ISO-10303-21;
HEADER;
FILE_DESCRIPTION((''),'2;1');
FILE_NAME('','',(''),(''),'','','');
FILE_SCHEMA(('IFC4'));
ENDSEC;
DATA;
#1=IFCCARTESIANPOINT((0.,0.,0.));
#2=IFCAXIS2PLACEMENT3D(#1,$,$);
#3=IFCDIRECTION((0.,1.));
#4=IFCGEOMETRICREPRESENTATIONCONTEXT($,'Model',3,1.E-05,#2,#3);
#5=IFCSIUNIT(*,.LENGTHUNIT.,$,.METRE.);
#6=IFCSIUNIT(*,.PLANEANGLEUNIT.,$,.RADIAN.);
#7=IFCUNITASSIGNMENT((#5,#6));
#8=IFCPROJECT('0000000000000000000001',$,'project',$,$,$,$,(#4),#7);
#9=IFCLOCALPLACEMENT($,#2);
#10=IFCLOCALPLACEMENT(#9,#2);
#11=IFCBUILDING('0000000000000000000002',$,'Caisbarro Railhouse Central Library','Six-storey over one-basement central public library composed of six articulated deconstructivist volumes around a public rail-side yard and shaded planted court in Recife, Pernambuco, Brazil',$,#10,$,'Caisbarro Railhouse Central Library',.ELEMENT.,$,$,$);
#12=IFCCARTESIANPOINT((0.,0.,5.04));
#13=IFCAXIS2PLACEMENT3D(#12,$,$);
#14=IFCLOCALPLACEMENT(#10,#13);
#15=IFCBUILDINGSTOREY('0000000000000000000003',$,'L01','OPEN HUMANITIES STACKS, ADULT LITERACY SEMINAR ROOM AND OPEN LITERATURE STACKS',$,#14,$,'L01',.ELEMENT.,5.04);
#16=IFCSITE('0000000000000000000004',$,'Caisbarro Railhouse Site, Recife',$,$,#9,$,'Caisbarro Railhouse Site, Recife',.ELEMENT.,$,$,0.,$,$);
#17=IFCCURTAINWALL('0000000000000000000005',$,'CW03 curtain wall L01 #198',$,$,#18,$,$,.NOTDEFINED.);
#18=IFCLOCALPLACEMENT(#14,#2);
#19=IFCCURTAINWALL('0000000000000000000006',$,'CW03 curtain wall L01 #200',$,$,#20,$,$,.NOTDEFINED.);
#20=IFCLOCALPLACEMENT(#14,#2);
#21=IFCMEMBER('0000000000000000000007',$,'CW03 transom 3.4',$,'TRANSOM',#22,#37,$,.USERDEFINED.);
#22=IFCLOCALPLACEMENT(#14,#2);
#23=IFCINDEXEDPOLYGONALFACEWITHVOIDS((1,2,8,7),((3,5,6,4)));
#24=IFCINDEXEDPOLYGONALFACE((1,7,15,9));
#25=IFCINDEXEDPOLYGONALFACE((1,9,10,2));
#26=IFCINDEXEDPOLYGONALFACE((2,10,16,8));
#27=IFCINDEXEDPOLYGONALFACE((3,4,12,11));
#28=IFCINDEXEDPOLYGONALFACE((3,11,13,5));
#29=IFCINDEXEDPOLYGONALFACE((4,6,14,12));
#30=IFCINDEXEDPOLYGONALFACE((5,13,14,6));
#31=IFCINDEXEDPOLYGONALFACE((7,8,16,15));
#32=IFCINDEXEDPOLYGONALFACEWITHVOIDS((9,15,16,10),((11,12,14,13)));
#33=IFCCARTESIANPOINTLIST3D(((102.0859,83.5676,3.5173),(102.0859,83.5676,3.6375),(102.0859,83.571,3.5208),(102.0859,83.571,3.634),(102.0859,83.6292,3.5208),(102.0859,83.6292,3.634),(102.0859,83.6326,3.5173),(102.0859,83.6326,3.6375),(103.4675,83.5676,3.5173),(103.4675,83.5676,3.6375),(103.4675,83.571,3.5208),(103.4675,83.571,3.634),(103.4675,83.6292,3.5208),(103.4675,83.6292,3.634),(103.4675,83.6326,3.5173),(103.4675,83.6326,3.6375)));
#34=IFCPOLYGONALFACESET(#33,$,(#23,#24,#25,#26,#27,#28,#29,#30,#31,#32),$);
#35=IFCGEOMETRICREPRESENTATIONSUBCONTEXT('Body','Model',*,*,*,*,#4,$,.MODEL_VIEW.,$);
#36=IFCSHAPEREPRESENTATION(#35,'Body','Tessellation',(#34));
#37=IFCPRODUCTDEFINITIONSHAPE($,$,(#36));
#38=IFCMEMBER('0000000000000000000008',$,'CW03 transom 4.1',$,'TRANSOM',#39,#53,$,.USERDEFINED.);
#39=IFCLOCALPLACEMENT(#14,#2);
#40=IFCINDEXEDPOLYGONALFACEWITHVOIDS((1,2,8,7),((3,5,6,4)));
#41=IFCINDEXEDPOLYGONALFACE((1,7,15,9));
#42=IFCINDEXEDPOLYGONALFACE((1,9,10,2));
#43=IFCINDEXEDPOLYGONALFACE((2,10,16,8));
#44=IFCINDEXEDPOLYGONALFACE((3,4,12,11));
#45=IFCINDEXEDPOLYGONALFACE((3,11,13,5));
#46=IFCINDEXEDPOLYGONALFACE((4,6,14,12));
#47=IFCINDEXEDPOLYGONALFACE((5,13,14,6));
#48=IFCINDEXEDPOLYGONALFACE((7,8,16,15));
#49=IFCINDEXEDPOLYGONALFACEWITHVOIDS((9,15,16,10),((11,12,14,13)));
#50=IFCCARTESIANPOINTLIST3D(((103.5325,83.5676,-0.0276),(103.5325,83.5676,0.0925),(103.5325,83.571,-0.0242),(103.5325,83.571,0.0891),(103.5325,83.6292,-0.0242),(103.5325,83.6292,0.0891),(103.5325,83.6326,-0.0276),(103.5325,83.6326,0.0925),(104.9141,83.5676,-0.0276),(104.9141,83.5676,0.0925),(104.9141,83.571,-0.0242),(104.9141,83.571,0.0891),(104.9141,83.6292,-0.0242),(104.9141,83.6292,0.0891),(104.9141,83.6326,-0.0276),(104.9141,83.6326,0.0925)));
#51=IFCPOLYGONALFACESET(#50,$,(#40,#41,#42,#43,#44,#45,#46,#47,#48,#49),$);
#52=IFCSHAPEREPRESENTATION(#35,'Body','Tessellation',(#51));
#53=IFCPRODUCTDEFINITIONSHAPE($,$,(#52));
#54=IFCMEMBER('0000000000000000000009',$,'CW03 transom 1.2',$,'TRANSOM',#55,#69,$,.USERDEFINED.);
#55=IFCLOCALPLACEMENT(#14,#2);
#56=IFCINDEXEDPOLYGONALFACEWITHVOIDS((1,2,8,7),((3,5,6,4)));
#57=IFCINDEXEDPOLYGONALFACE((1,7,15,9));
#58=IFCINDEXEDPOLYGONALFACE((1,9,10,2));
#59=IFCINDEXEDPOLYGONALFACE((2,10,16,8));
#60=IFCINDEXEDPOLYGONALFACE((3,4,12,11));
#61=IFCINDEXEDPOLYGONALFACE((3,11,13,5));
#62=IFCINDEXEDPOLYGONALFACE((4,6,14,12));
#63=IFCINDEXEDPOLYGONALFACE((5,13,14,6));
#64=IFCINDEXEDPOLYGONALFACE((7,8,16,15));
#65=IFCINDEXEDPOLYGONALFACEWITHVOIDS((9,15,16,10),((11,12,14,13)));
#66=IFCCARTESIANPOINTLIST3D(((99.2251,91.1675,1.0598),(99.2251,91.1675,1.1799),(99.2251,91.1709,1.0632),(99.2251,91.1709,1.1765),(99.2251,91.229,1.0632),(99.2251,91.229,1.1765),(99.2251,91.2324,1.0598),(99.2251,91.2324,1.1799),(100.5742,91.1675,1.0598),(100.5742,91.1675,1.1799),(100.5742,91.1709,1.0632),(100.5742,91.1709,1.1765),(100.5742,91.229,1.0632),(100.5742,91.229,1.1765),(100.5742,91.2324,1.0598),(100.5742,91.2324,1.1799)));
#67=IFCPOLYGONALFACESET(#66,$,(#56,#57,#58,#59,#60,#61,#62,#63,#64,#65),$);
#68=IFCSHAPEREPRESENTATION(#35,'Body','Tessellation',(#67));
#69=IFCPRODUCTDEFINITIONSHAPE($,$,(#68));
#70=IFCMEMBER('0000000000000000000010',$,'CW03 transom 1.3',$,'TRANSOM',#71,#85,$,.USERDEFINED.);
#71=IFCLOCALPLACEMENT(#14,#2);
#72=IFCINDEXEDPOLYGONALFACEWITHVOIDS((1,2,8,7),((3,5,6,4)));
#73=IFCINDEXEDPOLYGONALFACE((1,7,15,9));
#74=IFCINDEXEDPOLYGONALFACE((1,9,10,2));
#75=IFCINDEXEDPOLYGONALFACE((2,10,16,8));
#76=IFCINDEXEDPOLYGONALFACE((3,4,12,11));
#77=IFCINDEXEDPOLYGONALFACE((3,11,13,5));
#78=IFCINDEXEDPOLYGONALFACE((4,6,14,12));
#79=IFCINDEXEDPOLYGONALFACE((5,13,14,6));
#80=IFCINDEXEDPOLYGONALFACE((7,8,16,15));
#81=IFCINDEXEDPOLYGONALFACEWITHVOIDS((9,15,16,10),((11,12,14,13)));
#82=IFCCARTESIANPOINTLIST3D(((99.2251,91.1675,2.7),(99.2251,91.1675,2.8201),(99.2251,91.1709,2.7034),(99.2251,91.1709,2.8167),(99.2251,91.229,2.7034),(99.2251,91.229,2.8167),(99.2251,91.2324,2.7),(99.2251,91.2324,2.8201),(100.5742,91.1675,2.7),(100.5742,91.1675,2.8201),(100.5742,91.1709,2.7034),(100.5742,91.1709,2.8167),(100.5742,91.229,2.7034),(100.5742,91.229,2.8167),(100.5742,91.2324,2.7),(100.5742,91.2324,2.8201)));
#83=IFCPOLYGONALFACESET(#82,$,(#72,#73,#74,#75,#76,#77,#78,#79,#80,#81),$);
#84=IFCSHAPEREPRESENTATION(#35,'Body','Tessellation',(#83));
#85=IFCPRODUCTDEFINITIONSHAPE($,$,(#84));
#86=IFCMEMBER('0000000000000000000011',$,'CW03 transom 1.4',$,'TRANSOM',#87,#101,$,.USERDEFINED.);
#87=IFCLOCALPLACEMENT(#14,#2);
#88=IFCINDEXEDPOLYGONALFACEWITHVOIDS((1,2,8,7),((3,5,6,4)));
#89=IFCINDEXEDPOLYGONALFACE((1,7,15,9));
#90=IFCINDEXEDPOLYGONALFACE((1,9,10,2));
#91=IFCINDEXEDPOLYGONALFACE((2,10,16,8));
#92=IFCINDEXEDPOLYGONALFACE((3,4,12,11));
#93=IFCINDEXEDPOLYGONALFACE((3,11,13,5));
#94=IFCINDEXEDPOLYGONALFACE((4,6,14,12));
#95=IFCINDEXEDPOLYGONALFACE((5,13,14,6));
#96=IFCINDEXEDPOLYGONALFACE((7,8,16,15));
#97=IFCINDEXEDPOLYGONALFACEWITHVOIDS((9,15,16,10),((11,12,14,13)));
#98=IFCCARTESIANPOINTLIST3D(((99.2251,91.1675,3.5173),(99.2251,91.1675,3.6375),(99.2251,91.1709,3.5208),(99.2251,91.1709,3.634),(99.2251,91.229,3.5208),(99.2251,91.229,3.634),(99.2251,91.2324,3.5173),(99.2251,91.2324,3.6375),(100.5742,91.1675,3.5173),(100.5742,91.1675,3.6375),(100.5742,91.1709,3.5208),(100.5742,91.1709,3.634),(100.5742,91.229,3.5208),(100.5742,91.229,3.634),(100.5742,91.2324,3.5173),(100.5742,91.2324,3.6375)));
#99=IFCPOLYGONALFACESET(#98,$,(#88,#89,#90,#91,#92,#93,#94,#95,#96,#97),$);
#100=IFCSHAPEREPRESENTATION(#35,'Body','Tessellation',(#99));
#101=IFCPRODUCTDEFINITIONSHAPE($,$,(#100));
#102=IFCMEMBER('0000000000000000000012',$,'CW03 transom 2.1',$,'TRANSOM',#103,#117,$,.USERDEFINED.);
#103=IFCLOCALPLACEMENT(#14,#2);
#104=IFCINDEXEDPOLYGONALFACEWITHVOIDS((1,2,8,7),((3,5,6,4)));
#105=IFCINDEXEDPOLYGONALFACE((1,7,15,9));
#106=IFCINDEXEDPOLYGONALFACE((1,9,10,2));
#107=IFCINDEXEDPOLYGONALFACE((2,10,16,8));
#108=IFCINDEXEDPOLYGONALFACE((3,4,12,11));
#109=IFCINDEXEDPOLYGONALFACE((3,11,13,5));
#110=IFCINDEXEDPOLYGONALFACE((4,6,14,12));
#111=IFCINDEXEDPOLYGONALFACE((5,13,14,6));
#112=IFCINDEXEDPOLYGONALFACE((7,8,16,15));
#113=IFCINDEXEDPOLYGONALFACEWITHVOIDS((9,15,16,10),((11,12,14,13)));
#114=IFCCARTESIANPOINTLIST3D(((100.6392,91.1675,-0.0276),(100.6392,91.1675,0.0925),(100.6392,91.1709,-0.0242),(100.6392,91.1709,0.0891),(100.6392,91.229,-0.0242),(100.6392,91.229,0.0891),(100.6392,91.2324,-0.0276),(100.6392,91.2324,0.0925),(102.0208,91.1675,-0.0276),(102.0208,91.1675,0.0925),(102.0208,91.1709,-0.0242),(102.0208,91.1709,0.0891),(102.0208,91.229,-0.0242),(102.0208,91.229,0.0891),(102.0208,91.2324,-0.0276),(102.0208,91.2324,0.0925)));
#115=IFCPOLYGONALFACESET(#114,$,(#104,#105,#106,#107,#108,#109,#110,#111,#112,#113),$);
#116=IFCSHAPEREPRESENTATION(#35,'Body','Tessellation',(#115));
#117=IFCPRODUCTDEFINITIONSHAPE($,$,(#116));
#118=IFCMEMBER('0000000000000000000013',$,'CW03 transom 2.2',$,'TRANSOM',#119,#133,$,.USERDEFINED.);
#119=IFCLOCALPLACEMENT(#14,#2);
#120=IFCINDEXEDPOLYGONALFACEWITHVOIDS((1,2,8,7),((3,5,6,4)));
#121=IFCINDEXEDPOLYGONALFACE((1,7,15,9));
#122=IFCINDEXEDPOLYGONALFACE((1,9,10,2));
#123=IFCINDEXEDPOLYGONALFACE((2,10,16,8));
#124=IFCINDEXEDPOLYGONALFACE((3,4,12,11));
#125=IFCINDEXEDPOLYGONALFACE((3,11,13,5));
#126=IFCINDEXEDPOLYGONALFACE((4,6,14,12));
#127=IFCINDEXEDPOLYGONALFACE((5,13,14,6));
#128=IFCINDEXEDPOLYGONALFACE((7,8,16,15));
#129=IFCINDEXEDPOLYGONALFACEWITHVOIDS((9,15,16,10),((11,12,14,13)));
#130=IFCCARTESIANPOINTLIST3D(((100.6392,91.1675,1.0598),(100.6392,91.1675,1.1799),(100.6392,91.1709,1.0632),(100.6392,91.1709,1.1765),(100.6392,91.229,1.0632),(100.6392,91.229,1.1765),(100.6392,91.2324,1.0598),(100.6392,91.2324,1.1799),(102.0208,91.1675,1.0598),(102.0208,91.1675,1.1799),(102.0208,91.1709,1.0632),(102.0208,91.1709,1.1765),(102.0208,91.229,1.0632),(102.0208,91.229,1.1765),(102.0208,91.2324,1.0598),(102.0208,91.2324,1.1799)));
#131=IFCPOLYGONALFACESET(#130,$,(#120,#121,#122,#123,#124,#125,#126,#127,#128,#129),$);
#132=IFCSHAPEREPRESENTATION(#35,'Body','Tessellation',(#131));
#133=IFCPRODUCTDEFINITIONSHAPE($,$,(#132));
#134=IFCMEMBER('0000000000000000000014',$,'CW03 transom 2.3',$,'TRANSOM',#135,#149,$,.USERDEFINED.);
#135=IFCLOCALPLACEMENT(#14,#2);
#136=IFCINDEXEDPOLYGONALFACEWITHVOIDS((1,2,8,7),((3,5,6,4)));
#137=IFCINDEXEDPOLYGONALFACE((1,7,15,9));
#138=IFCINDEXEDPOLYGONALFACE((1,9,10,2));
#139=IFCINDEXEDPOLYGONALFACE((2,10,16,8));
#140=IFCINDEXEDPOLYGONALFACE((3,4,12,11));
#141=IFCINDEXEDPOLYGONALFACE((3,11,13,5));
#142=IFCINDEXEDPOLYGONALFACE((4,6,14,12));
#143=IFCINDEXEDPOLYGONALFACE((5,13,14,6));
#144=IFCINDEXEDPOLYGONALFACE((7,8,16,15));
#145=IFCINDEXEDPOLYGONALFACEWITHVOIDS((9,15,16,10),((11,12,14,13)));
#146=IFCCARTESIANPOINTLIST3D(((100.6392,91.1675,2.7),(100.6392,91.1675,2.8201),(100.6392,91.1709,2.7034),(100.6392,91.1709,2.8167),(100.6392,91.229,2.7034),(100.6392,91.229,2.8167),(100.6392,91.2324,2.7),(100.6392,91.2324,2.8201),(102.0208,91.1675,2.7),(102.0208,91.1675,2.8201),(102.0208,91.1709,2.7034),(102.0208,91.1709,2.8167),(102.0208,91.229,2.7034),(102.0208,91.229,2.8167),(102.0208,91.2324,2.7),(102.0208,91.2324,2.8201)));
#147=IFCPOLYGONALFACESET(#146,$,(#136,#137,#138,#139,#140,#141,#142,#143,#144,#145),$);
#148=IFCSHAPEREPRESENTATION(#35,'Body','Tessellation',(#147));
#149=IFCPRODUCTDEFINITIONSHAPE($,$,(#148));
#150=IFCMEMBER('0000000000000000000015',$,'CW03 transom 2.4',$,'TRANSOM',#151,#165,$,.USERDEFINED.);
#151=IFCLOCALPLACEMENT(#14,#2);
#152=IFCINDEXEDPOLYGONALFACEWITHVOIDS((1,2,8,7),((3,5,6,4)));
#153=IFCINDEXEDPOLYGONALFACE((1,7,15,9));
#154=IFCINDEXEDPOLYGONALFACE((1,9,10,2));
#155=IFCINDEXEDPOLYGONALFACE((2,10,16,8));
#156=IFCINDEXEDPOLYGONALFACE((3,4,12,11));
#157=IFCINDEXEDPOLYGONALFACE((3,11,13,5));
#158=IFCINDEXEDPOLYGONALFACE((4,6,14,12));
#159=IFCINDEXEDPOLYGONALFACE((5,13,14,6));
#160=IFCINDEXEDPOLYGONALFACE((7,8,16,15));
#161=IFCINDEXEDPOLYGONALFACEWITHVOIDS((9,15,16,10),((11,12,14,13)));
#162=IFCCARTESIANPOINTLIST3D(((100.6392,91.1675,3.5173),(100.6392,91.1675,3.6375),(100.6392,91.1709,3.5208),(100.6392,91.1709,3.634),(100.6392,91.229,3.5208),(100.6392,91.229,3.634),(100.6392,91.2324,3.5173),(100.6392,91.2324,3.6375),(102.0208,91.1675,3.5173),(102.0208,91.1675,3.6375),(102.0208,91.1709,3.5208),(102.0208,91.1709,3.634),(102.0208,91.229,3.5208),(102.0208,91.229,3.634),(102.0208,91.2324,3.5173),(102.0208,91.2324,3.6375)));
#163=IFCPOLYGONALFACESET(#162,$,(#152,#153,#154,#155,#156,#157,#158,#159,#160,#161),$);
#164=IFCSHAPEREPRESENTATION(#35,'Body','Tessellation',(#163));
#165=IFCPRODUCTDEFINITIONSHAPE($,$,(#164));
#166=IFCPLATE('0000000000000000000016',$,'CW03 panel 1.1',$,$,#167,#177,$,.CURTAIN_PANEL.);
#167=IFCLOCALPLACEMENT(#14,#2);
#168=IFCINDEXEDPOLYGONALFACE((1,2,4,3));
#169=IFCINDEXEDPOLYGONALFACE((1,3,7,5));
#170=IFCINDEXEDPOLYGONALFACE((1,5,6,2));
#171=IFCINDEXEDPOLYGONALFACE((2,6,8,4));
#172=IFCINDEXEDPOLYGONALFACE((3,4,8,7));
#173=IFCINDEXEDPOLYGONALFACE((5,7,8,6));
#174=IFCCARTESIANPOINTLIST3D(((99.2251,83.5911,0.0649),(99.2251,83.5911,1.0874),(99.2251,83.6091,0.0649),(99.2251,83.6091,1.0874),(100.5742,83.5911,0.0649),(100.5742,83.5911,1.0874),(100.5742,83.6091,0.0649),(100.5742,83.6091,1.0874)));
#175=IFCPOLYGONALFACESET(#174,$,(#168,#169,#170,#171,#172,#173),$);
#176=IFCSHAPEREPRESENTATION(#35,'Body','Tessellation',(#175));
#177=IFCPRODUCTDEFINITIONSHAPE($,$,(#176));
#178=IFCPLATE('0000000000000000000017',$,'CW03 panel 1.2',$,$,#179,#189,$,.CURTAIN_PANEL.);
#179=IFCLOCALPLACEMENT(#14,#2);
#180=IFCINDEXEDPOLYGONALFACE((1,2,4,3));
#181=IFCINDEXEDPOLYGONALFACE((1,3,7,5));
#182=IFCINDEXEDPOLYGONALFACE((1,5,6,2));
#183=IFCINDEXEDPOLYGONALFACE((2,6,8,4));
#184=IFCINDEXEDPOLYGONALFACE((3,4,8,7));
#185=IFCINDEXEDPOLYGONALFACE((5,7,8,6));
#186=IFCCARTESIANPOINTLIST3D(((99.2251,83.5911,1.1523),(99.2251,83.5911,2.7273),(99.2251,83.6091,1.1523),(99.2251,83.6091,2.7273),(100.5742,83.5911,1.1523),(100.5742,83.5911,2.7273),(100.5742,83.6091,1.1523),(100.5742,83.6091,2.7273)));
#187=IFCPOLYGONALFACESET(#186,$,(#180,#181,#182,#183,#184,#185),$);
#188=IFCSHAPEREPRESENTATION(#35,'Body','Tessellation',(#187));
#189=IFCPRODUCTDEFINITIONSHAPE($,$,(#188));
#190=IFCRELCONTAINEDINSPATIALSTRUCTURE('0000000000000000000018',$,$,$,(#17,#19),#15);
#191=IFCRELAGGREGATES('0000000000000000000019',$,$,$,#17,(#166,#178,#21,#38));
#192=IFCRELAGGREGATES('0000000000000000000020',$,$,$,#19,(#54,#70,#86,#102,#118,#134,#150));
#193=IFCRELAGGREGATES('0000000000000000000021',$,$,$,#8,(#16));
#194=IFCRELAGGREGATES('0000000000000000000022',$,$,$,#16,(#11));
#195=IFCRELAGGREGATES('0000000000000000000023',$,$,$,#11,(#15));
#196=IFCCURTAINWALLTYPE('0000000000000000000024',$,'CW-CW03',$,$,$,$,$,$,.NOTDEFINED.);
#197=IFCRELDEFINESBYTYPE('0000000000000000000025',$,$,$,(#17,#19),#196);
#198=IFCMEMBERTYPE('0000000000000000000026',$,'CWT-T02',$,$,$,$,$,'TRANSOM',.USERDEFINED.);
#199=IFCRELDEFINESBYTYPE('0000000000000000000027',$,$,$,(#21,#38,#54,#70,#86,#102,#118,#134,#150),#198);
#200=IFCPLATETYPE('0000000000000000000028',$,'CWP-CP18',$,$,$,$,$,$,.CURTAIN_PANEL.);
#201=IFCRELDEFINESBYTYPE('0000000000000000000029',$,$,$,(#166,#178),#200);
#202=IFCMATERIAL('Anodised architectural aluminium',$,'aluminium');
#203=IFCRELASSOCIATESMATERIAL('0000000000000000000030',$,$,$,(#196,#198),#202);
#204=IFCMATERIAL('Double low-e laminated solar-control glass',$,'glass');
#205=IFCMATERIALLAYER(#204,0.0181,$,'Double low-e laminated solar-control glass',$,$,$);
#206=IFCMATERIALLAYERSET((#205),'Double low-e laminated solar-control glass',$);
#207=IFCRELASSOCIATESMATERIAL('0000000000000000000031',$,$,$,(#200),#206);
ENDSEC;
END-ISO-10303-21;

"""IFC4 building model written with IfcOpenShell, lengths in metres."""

from ifc_helpers import new_model, si_unit, direction, frame, origin, origin_2d, place, context, subcontext, project, spatial, rectangle, hollow_rectangle, extrude, material, layer, layer_set, material_profile, profile_set, type_object, element, aggregate, save


model = new_model("IFC4")

# Units and contexts
model_context = context("Model", 3, precision=1e-05, world=origin(), true_north=direction((0.0, 1.0)))
body_context = subcontext(model_context, "Body", "Model", "MODEL_VIEW")
ifc_project = project(units=[si_unit("LENGTHUNIT", "METRE"), si_unit("PLANEANGLEUNIT", "RADIAN")], contexts=[model_context])

# Site, building, storey
site_placement = place(None, origin())
site = spatial("IfcSite", under=ifc_project, at=site_placement, Name="Caisbarro Railhouse Site, Recife", LongName="Caisbarro Railhouse Site, Recife", CompositionType="ELEMENT", RefElevation=0.0)
building_placement = place(site_placement, origin())
building = spatial("IfcBuilding", under=site, at=building_placement, Name="Caisbarro Railhouse Central Library", Description="Six-storey over one-basement central public library composed of six articulated deconstructivist volumes around a public rail-side yard and shaded planted court in Recife, Pernambuco, Brazil", LongName="Caisbarro Railhouse Central Library", CompositionType="ELEMENT")
storey_placement = place(building_placement, frame((0.0, 0.0, 5.04)))
storey = spatial("IfcBuildingStorey", under=building, at=storey_placement, Name="L01", Description="OPEN HUMANITIES STACKS, ADULT LITERACY SEMINAR ROOM AND OPEN LITERATURE STACKS", LongName="L01", CompositionType="ELEMENT", Elevation=5.04)

# Curtain wall
ifc_material_1 = material(Name="Anodised architectural aluminium", Category="aluminium")
curtain_wall_type = type_object("IfcCurtainWallType", Name="CW-CW03", PredefinedType="NOTDEFINED", material=ifc_material_1)
curtain_wall_1_placement = place(storey_placement, origin())
curtain_wall_1 = element("IfcCurtainWall", 1, at=curtain_wall_1_placement, inside=storey, type_object=curtain_wall_type, Name="CW03 curtain wall L01 #198", PredefinedType="NOTDEFINED")

# Curtain wall
curtain_wall_2_placement = place(storey_placement, origin())
curtain_wall_2 = element("IfcCurtainWall", 2, at=curtain_wall_2_placement, inside=storey, type_object=curtain_wall_type, Name="CW03 curtain wall L01 #200", PredefinedType="NOTDEFINED")

# Members
ifc_material_profile_1 = material_profile(ifc_material_1, hollow_rectangle(XDim=0.0649, YDim=0.1201, WallThickness=0.0034, at=origin_2d()), Name="ALU-TRN-65X120")
ifc_profile_set_1 = profile_set([ifc_material_profile_1], Name="Anodised architectural aluminium")
member_type_1 = type_object("IfcMemberType", Name="CWT-T02", ElementType="TRANSOM", PredefinedType="USERDEFINED", material=ifc_profile_set_1)
member_1_placement = place(storey_placement, frame((102.0859, 83.6001, 3.5774), z_axis=(1.0, 0.0, 0.0), x_axis=(0.0, 1.0, 0.0)))
member_1 = element("IfcMember", 3, at=member_1_placement, type_object=member_type_1, Name="CW03 transom 3.4", ObjectType="TRANSOM", PredefinedType="USERDEFINED", context=body_context, shape_type="SweptSolid", body=[
    extrude(hollow_rectangle(XDim=0.0649, YDim=0.1201, WallThickness=0.0034, at=origin_2d()), origin(), (0.0, 0.0, 1.0), 1.3816),
])
member_2_placement = place(storey_placement, frame((103.5325, 83.6001, 0.0325), z_axis=(1.0, 0.0, 0.0), x_axis=(0.0, 1.0, 0.0)))
member_2 = element("IfcMember", 4, at=member_2_placement, type_object=member_type_1, Name="CW03 transom 4.1", ObjectType="TRANSOM", PredefinedType="USERDEFINED", context=body_context, shape_type="SweptSolid", body=[
    extrude(hollow_rectangle(XDim=0.0649, YDim=0.1201, WallThickness=0.0034, at=origin_2d()), origin(), (0.0, 0.0, 1.0), 1.3816),
])
member_3_placement = place(storey_placement, frame((99.2251, 91.2, 1.1199), z_axis=(1.0, 0.0, 0.0), x_axis=(0.0, 1.0, 0.0)))
member_3 = element("IfcMember", 5, at=member_3_placement, type_object=member_type_1, Name="CW03 transom 1.2", ObjectType="TRANSOM", PredefinedType="USERDEFINED", context=body_context, shape_type="SweptSolid", body=[
    extrude(hollow_rectangle(XDim=0.0649, YDim=0.1201, WallThickness=0.0034, at=origin_2d()), origin(), (0.0, 0.0, 1.0), 1.3491),
])
member_4_placement = place(storey_placement, frame((99.2251, 91.2, 2.76), z_axis=(1.0, 0.0, 0.0), x_axis=(0.0, 1.0, 0.0)))
member_4 = element("IfcMember", 6, at=member_4_placement, type_object=member_type_1, Name="CW03 transom 1.3", ObjectType="TRANSOM", PredefinedType="USERDEFINED", context=body_context, shape_type="SweptSolid", body=[
    extrude(hollow_rectangle(XDim=0.0649, YDim=0.1201, WallThickness=0.0034, at=origin_2d()), origin(), (0.0, 0.0, 1.0), 1.3491),
])
member_5_placement = place(storey_placement, frame((99.2251, 91.2, 3.5774), z_axis=(1.0, 0.0, 0.0), x_axis=(0.0, 1.0, 0.0)))
member_5 = element("IfcMember", 7, at=member_5_placement, type_object=member_type_1, Name="CW03 transom 1.4", ObjectType="TRANSOM", PredefinedType="USERDEFINED", context=body_context, shape_type="SweptSolid", body=[
    extrude(hollow_rectangle(XDim=0.0649, YDim=0.1201, WallThickness=0.0034, at=origin_2d()), origin(), (0.0, 0.0, 1.0), 1.3491),
])
member_6_placement = place(storey_placement, frame((100.6392, 91.2, 0.0325), z_axis=(1.0, 0.0, 0.0), x_axis=(0.0, 1.0, 0.0)))
member_6 = element("IfcMember", 8, at=member_6_placement, type_object=member_type_1, Name="CW03 transom 2.1", ObjectType="TRANSOM", PredefinedType="USERDEFINED", context=body_context, shape_type="SweptSolid", body=[
    extrude(hollow_rectangle(XDim=0.0649, YDim=0.1201, WallThickness=0.0034, at=origin_2d()), origin(), (0.0, 0.0, 1.0), 1.3816),
])
member_7_placement = place(storey_placement, frame((100.6392, 91.2, 1.1199), z_axis=(1.0, 0.0, 0.0), x_axis=(0.0, 1.0, 0.0)))
member_7 = element("IfcMember", 9, at=member_7_placement, type_object=member_type_1, Name="CW03 transom 2.2", ObjectType="TRANSOM", PredefinedType="USERDEFINED", context=body_context, shape_type="SweptSolid", body=[
    extrude(hollow_rectangle(XDim=0.0649, YDim=0.1201, WallThickness=0.0034, at=origin_2d()), origin(), (0.0, 0.0, 1.0), 1.3816),
])
member_8_placement = place(storey_placement, frame((100.6392, 91.2, 2.76), z_axis=(1.0, 0.0, 0.0), x_axis=(0.0, 1.0, 0.0)))
member_8 = element("IfcMember", 10, at=member_8_placement, type_object=member_type_1, Name="CW03 transom 2.3", ObjectType="TRANSOM", PredefinedType="USERDEFINED", context=body_context, shape_type="SweptSolid", body=[
    extrude(hollow_rectangle(XDim=0.0649, YDim=0.1201, WallThickness=0.0034, at=origin_2d()), origin(), (0.0, 0.0, 1.0), 1.3816),
])
member_9_placement = place(storey_placement, frame((100.6392, 91.2, 3.5774), z_axis=(1.0, 0.0, 0.0), x_axis=(0.0, 1.0, 0.0)))
member_9 = element("IfcMember", 11, at=member_9_placement, type_object=member_type_1, Name="CW03 transom 2.4", ObjectType="TRANSOM", PredefinedType="USERDEFINED", context=body_context, shape_type="SweptSolid", body=[
    extrude(hollow_rectangle(XDim=0.0649, YDim=0.1201, WallThickness=0.0034, at=origin_2d()), origin(), (0.0, 0.0, 1.0), 1.3816),
])

# Plates
ifc_material_2 = material(Name="Double low-e laminated solar-control glass", Category="glass")
ifc_layer = layer(ifc_material_2, 0.0181, Name="Double low-e laminated solar-control glass")
ifc_layer_set = layer_set([ifc_layer], Name="Double low-e laminated solar-control glass")
plate_type = type_object("IfcPlateType", Name="CWP-CP18", PredefinedType="CURTAIN_PANEL", material=ifc_layer_set)
plate_1_placement = place(storey_placement, frame((99.8997, 83.6001, 0.0649), z_axis=(0.0, 0.0, 1.0), x_axis=(1.0, 0.0, 0.0)))
plate_1 = element("IfcPlate", 12, at=plate_1_placement, type_object=plate_type, Name="CW03 panel 1.1", PredefinedType="CURTAIN_PANEL", context=body_context, shape_type="SweptSolid", body=[
    extrude(rectangle(XDim=1.3491, YDim=0.0181, at=origin_2d()), origin(), (0.0, 0.0, 1.0), 1.0225),
])
plate_2_placement = place(storey_placement, frame((99.8997, 83.6001, 1.1523), z_axis=(0.0, 0.0, 1.0), x_axis=(1.0, 0.0, 0.0)))
plate_2 = element("IfcPlate", 13, at=plate_2_placement, type_object=plate_type, Name="CW03 panel 1.2", PredefinedType="CURTAIN_PANEL", context=body_context, shape_type="SweptSolid", body=[
    extrude(rectangle(XDim=1.3491, YDim=0.0181, at=origin_2d()), origin(), (0.0, 0.0, 1.0), 1.575),
])
aggregate(curtain_wall_1, [plate_1, plate_2, member_1, member_2])
aggregate(curtain_wall_2, [member_3, member_4, member_5, member_6, member_7, member_8, member_9])

save(model, "model.ifc")
